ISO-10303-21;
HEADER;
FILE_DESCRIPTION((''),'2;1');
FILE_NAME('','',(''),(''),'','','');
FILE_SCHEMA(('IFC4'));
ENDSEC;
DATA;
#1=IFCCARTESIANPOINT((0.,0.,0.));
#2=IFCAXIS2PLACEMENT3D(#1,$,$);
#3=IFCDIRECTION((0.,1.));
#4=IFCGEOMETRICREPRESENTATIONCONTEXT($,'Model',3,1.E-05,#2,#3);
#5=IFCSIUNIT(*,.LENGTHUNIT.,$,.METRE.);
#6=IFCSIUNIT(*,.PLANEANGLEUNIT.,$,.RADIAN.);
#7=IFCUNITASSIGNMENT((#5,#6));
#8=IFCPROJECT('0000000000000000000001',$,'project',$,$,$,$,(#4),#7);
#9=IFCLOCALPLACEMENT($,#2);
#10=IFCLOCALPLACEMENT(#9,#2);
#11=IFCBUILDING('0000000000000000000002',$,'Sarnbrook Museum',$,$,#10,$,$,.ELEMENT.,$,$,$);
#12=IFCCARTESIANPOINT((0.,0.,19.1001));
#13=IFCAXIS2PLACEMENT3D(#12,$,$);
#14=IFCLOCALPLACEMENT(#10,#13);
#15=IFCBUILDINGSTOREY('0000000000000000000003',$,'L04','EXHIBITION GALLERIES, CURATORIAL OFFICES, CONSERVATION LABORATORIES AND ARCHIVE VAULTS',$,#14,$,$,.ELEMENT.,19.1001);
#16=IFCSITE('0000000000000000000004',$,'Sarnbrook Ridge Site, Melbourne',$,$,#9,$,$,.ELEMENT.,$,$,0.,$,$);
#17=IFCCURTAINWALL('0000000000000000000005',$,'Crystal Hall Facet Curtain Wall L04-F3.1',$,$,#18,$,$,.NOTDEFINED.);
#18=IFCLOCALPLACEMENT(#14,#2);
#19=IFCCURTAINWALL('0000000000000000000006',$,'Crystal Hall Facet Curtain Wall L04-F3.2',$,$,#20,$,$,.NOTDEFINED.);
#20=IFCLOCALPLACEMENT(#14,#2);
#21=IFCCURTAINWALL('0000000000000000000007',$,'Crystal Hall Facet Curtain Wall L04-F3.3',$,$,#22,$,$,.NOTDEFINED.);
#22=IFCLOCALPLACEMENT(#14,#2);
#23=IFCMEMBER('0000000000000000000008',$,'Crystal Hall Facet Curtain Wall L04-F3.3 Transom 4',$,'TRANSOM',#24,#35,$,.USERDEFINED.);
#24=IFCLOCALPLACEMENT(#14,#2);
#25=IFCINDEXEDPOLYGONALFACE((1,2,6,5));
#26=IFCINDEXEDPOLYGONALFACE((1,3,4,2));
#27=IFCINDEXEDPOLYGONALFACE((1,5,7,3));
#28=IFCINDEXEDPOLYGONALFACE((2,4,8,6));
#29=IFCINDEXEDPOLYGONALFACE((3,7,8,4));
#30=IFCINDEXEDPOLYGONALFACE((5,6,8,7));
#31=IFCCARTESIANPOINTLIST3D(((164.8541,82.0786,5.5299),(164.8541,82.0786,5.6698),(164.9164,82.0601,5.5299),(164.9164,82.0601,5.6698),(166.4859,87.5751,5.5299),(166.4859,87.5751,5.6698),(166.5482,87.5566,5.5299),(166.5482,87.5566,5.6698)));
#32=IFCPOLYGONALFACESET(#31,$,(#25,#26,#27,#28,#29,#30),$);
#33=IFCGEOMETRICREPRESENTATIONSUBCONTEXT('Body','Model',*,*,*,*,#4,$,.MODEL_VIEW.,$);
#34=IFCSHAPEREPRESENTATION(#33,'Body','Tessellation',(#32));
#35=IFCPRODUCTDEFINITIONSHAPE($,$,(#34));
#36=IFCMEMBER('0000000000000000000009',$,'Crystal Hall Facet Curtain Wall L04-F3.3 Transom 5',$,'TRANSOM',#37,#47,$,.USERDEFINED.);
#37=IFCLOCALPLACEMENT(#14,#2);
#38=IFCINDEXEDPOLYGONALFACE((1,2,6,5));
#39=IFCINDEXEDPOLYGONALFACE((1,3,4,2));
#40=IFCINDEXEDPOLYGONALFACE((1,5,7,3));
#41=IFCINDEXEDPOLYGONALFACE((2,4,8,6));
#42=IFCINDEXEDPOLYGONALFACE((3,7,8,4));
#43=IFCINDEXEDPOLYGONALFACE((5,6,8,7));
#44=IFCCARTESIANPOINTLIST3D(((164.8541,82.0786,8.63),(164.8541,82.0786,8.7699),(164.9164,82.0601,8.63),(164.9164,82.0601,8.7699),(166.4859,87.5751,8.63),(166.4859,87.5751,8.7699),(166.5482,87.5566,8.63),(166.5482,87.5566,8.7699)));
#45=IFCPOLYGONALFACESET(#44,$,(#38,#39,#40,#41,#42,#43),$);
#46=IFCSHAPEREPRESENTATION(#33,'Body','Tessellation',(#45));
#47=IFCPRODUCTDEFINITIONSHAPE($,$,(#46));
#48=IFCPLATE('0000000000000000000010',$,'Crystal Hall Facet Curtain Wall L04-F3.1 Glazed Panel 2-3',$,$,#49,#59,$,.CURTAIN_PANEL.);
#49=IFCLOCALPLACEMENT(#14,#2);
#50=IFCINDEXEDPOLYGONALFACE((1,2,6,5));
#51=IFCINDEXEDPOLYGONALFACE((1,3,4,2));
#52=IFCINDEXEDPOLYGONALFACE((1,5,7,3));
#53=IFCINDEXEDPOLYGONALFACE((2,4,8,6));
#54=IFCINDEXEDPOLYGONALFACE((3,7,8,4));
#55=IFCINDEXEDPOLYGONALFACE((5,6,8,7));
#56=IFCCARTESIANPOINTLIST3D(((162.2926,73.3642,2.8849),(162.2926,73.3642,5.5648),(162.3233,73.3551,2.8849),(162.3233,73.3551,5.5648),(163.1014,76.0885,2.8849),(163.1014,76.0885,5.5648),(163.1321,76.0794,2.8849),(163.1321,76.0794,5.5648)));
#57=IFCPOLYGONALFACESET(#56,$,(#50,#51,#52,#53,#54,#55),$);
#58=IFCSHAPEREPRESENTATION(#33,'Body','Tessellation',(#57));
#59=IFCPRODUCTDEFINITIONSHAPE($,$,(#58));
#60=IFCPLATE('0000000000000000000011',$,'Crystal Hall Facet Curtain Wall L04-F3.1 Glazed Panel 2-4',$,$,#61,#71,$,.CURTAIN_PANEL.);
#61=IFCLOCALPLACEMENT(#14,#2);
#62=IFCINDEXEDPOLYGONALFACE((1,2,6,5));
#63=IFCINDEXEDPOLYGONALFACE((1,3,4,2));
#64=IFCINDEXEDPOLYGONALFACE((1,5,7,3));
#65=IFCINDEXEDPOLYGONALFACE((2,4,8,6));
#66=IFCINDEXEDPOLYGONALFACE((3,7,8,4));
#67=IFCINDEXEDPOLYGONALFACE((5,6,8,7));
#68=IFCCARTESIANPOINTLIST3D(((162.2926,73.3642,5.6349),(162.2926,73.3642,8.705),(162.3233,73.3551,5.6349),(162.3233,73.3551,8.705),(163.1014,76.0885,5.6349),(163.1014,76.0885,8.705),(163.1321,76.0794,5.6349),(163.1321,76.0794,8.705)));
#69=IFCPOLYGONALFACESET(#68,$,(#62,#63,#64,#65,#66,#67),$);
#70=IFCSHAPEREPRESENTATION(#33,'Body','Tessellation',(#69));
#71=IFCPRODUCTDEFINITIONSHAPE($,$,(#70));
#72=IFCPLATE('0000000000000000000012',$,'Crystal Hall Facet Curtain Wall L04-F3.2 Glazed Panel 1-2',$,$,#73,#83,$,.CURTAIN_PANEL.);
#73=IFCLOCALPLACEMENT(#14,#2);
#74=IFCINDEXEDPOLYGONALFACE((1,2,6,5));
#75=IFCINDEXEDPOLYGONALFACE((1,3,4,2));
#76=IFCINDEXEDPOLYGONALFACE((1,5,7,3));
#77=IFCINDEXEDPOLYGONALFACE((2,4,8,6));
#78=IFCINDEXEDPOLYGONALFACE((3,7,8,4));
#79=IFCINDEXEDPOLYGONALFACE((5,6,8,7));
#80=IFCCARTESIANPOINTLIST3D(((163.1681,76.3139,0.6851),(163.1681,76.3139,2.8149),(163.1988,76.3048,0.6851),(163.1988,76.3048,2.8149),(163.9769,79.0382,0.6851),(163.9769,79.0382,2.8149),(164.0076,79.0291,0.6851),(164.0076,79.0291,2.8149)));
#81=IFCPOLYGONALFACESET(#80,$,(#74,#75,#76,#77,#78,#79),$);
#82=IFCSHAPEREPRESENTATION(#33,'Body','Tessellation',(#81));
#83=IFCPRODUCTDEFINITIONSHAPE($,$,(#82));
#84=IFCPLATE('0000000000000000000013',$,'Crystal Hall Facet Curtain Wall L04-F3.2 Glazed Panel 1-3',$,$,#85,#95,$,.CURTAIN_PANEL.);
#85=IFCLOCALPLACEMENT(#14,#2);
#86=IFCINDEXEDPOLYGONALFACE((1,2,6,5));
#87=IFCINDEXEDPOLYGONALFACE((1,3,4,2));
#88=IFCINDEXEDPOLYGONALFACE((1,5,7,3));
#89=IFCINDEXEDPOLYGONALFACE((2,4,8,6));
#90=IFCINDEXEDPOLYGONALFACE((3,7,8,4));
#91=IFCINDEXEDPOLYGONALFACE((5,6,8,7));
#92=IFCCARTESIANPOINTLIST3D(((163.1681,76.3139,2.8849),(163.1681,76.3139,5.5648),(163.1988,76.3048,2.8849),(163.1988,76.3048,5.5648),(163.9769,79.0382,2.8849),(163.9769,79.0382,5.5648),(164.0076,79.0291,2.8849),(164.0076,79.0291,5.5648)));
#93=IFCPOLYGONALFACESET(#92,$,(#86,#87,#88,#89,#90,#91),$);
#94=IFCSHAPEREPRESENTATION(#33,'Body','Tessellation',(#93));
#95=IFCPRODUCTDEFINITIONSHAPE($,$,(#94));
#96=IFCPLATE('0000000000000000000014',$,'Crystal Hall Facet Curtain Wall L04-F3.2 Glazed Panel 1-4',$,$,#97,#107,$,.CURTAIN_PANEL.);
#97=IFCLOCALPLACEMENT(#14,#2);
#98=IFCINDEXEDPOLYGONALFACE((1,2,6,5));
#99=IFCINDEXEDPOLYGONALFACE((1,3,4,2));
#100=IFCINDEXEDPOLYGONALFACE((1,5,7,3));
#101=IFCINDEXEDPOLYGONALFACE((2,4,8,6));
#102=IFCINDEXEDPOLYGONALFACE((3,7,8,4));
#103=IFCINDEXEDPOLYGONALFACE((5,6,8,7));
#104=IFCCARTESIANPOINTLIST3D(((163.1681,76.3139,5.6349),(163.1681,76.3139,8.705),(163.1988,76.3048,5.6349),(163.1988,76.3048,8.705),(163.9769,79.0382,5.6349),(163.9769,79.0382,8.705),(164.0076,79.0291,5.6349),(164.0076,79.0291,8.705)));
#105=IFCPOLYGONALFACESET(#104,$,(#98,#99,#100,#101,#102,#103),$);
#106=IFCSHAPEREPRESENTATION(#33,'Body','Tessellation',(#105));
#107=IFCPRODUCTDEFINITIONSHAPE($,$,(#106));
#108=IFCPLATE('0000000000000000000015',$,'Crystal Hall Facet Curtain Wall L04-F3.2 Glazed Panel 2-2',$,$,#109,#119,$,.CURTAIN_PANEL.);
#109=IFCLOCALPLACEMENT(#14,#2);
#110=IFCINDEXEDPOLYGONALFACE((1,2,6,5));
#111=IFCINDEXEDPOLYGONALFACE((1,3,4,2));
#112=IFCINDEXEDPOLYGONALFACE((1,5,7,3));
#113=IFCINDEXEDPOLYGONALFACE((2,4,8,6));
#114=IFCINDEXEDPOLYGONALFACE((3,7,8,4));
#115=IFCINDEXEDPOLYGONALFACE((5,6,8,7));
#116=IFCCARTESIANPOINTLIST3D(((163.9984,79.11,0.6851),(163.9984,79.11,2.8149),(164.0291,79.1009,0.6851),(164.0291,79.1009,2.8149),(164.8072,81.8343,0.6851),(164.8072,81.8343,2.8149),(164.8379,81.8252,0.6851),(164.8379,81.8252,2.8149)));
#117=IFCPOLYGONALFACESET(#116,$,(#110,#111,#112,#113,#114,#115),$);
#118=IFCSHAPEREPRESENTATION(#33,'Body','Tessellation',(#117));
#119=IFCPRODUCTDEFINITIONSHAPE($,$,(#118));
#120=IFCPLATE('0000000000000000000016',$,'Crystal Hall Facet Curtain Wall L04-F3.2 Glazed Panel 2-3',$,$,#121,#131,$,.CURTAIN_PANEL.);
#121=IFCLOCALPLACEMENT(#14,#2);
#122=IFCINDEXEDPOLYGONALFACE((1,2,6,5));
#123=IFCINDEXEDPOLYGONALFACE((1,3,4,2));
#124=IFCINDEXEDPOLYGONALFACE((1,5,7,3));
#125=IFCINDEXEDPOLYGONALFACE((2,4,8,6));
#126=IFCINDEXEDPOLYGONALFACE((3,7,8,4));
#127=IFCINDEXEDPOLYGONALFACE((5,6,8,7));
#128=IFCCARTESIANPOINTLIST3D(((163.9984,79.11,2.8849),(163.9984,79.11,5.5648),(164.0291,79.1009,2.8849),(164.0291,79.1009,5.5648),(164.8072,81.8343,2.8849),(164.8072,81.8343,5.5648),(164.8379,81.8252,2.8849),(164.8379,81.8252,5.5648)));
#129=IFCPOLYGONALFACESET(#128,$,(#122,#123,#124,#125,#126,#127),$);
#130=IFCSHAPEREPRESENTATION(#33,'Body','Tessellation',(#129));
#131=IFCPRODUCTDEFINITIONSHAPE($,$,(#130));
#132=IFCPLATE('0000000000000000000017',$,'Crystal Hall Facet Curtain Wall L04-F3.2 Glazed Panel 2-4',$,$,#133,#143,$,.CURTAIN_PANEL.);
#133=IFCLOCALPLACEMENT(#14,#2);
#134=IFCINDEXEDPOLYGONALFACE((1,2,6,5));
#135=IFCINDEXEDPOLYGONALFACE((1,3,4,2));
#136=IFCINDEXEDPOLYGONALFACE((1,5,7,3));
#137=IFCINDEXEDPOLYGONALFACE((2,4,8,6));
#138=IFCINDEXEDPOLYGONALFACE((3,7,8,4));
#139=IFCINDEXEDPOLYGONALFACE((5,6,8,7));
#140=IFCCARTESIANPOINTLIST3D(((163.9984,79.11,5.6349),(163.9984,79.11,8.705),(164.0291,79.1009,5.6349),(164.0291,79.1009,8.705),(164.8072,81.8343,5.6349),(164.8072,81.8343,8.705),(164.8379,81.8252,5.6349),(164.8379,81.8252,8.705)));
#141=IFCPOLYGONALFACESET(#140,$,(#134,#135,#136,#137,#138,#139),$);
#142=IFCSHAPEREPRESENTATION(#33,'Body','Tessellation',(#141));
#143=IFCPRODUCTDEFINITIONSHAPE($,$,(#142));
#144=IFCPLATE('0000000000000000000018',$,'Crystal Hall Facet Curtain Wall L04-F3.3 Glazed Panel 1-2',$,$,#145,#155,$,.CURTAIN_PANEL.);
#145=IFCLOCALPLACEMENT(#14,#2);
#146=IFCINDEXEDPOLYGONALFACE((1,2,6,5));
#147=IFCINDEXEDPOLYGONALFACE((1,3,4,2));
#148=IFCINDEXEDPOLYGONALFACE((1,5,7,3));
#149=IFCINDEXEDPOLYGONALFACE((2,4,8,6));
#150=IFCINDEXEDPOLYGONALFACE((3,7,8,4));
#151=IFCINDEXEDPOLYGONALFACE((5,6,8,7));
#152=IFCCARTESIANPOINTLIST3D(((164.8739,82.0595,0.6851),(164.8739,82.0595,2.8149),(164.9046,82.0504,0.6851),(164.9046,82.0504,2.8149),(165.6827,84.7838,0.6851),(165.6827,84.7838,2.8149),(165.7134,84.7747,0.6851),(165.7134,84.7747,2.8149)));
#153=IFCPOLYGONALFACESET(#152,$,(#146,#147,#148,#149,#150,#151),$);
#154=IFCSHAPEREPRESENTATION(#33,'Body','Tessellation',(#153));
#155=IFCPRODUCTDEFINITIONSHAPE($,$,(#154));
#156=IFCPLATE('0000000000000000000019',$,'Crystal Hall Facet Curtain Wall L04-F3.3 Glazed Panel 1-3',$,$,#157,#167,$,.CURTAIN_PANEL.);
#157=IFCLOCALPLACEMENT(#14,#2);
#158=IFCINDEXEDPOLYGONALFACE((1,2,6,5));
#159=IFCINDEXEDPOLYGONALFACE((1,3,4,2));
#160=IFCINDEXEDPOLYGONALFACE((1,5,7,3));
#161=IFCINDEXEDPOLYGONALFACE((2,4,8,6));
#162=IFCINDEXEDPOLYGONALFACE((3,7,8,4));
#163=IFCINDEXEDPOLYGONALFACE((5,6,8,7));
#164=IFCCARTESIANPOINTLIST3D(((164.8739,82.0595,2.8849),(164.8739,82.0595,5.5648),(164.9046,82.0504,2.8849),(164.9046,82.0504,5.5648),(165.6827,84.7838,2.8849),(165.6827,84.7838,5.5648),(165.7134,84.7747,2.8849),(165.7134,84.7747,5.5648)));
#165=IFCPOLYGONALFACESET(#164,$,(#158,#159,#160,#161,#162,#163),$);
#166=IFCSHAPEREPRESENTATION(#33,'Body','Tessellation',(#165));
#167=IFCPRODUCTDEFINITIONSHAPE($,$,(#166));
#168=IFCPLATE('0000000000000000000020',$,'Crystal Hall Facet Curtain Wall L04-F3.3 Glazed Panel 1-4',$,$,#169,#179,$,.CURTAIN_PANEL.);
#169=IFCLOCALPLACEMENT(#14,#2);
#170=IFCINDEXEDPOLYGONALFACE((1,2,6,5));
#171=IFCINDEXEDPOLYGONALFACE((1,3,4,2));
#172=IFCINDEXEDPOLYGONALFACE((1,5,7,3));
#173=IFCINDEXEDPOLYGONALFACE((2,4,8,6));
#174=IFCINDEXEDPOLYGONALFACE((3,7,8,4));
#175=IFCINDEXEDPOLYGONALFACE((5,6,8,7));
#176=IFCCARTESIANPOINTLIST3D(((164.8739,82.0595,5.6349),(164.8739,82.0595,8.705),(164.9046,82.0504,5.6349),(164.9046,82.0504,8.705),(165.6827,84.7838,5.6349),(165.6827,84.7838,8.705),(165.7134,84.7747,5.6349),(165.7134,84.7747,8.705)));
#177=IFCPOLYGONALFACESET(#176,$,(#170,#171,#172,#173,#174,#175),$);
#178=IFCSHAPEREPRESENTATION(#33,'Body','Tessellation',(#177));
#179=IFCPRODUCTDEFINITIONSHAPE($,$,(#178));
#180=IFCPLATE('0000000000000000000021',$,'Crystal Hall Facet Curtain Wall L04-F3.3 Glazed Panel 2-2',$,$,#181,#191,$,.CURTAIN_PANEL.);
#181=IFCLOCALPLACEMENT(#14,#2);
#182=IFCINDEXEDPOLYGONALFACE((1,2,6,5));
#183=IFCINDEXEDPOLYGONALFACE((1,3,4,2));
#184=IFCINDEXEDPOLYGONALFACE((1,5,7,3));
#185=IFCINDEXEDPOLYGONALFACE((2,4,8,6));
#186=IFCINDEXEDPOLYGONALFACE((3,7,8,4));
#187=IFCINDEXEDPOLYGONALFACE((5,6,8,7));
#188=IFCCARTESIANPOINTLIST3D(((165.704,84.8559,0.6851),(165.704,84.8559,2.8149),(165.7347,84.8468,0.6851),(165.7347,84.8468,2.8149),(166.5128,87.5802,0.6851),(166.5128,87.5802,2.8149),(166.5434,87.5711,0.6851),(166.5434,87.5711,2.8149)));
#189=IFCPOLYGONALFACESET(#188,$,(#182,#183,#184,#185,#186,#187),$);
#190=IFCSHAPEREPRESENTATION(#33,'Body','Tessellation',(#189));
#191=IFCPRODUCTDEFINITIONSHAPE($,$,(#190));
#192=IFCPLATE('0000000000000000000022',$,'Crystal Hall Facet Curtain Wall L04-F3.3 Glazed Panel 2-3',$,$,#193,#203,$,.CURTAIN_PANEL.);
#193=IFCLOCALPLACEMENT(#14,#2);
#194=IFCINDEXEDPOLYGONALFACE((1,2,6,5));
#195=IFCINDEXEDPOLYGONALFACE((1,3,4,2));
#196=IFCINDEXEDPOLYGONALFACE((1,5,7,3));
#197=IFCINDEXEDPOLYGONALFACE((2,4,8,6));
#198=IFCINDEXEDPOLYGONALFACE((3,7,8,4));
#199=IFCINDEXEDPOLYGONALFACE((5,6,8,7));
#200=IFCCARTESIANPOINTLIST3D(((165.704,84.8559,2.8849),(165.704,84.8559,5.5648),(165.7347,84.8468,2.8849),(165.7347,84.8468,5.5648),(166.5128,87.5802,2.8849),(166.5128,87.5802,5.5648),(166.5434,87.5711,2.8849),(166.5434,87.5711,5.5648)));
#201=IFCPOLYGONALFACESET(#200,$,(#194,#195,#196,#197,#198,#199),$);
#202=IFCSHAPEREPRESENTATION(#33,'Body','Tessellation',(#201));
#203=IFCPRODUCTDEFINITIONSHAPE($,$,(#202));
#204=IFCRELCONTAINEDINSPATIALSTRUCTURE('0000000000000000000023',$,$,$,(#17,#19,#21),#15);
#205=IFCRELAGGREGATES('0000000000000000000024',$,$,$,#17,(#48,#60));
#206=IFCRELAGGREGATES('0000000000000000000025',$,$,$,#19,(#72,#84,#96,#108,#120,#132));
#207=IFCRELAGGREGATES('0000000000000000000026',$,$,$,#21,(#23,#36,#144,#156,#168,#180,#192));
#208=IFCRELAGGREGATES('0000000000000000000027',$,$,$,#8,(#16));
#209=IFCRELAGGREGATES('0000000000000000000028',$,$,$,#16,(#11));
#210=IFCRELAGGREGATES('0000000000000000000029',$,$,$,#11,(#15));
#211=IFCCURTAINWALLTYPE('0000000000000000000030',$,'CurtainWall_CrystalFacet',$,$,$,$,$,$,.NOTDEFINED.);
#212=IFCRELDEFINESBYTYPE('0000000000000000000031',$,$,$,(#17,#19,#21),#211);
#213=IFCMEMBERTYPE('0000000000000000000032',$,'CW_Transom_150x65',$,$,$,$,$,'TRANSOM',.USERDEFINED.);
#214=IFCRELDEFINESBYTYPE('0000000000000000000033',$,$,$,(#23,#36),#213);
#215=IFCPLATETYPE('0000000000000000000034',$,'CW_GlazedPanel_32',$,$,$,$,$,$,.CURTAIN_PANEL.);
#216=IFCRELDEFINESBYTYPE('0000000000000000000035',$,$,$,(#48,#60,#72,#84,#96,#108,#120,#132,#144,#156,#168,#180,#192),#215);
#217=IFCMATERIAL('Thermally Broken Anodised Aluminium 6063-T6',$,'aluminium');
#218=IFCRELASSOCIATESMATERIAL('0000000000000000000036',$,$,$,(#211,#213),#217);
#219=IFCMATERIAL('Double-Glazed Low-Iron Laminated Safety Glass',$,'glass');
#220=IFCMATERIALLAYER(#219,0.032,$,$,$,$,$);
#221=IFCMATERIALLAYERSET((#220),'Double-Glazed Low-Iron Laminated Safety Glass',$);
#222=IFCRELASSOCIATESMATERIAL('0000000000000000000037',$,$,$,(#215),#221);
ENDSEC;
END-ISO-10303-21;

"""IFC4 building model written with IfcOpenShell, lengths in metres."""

from ifc_helpers import new_model, si_unit, direction, frame, origin, origin_2d, place, context, subcontext, project, spatial, rectangle, extrude, material, layer, layer_set, material_profile, profile_set, type_object, element, aggregate, save


model = new_model("IFC4")

# Units and contexts
model_context = context("Model", 3, precision=1e-05, world=origin(), true_north=direction((0.0, 1.0)))
body_context = subcontext(model_context, "Body", "Model", "MODEL_VIEW")
ifc_project = project(units=[si_unit("LENGTHUNIT", "METRE"), si_unit("PLANEANGLEUNIT", "RADIAN")], contexts=[model_context])

# Site, building, storey
site_placement = place(None, origin())
site = spatial("IfcSite", under=ifc_project, at=site_placement, Name="Sarnbrook Ridge Site, Melbourne", CompositionType="ELEMENT", RefElevation=0.0)
building_placement = place(site_placement, origin())
building = spatial("IfcBuilding", under=site, at=building_placement, Name="Sarnbrook Museum", CompositionType="ELEMENT")
storey_placement = place(building_placement, frame((0.0, 0.0, 19.1001)))
storey = spatial("IfcBuildingStorey", under=building, at=storey_placement, Name="L04", Description="EXHIBITION GALLERIES, CURATORIAL OFFICES, CONSERVATION LABORATORIES AND ARCHIVE VAULTS", CompositionType="ELEMENT", Elevation=19.1001)

# Curtain wall
ifc_material_1 = material(Name="Thermally Broken Anodised Aluminium 6063-T6", Category="aluminium")
curtain_wall_type = type_object("IfcCurtainWallType", Name="CurtainWall_CrystalFacet", PredefinedType="NOTDEFINED", material=ifc_material_1)
curtain_wall_1_placement = place(storey_placement, origin())
curtain_wall_1 = element("IfcCurtainWall", 1, at=curtain_wall_1_placement, inside=storey, type_object=curtain_wall_type, Name="Crystal Hall Facet Curtain Wall L04-F3.1", PredefinedType="NOTDEFINED")

# Curtain walls
curtain_wall_2_placement = place(storey_placement, origin())
curtain_wall_2 = element("IfcCurtainWall", 2, at=curtain_wall_2_placement, inside=storey, type_object=curtain_wall_type, Name="Crystal Hall Facet Curtain Wall L04-F3.2", PredefinedType="NOTDEFINED")
curtain_wall_3_placement = place(storey_placement, origin())
curtain_wall_3 = element("IfcCurtainWall", 3, at=curtain_wall_3_placement, inside=storey, type_object=curtain_wall_type, Name="Crystal Hall Facet Curtain Wall L04-F3.3", PredefinedType="NOTDEFINED")

# Members
ifc_material_profile_1 = material_profile(ifc_material_1, rectangle(XDim=0.0649, YDim=0.1399, at=origin_2d()), Name="ALU TRANSOM 65x140")
ifc_profile_set_1 = profile_set([ifc_material_profile_1], Name="Thermally Broken Anodised Aluminium 6063-T6")
member_type_1 = type_object("IfcMemberType", Name="CW_Transom_150x65", ElementType="TRANSOM", PredefinedType="USERDEFINED", material=ifc_profile_set_1)
member_1_placement = place(storey_placement, frame((164.8853, 82.0693, 5.5999), z_axis=(0.284604, 0.958645, 0.0), x_axis=(-0.958645, 0.284604, 0.0)))
member_1 = element("IfcMember", 4, at=member_1_placement, type_object=member_type_1, Name="Crystal Hall Facet Curtain Wall L04-F3.3 Transom 4", ObjectType="TRANSOM", PredefinedType="USERDEFINED", context=body_context, shape_type="SweptSolid", body=[
    extrude(rectangle(XDim=0.0649, YDim=0.1399, at=origin_2d()), origin(), (0.0, 0.0, 1.0), 5.7336),
])
member_2_placement = place(storey_placement, frame((164.8853, 82.0693, 8.7), z_axis=(0.284604, 0.958645, 0.0), x_axis=(-0.958645, 0.284604, 0.0)))
member_2 = element("IfcMember", 5, at=member_2_placement, type_object=member_type_1, Name="Crystal Hall Facet Curtain Wall L04-F3.3 Transom 5", ObjectType="TRANSOM", PredefinedType="USERDEFINED", context=body_context, shape_type="SweptSolid", body=[
    extrude(rectangle(XDim=0.0649, YDim=0.1399, at=origin_2d()), origin(), (0.0, 0.0, 1.0), 5.7336),
])

# Plates
ifc_material_2 = material(Name="Double-Glazed Low-Iron Laminated Safety Glass", Category="glass")
ifc_layer_1 = layer(ifc_material_2, 0.032)
ifc_layer_set_1 = layer_set([ifc_layer_1], Name="Double-Glazed Low-Iron Laminated Safety Glass")
plate_type_1 = type_object("IfcPlateType", Name="CW_GlazedPanel_32", PredefinedType="CURTAIN_PANEL", material=ifc_layer_set_1)
plate_1_placement = place(storey_placement, frame((162.697, 74.7263, 4.2249), z_axis=(0.958647, -0.284597, 0.0), x_axis=(0.284597, 0.958647, 0.0)))
plate_1 = element("IfcPlate", 6, at=plate_1_placement, type_object=plate_type_1, Name="Crystal Hall Facet Curtain Wall L04-F3.1 Glazed Panel 2-3", PredefinedType="CURTAIN_PANEL", context=body_context, shape_type="SweptSolid", body=[
    extrude(rectangle(XDim=2.8418, YDim=2.6799, at=origin_2d()), origin(), (0.0, 0.0, 1.0), 0.032),
])
plate_2_placement = place(storey_placement, frame((162.697, 74.7263, 7.1699), z_axis=(0.958647, -0.284597, 0.0), x_axis=(0.284597, 0.958647, 0.0)))
plate_2 = element("IfcPlate", 7, at=plate_2_placement, type_object=plate_type_1, Name="Crystal Hall Facet Curtain Wall L04-F3.1 Glazed Panel 2-4", PredefinedType="CURTAIN_PANEL", context=body_context, shape_type="SweptSolid", body=[
    extrude(rectangle(XDim=2.8418, YDim=3.0701, at=origin_2d()), origin(), (0.0, 0.0, 1.0), 0.032),
])
aggregate(curtain_wall_1, [plate_1, plate_2])
plate_3_placement = place(storey_placement, frame((163.5725, 77.676, 1.75), z_axis=(0.958647, -0.284597, 0.0), x_axis=(0.284597, 0.958647, 0.0)))
plate_3 = element("IfcPlate", 8, at=plate_3_placement, type_object=plate_type_1, Name="Crystal Hall Facet Curtain Wall L04-F3.2 Glazed Panel 1-2", PredefinedType="CURTAIN_PANEL", context=body_context, shape_type="SweptSolid", body=[
    extrude(rectangle(XDim=2.8418, YDim=2.1299, at=origin_2d()), origin(), (0.0, 0.0, 1.0), 0.032),
])
plate_4_placement = place(storey_placement, frame((163.5725, 77.676, 4.2249), z_axis=(0.958647, -0.284597, 0.0), x_axis=(0.284597, 0.958647, 0.0)))
plate_4 = element("IfcPlate", 9, at=plate_4_placement, type_object=plate_type_1, Name="Crystal Hall Facet Curtain Wall L04-F3.2 Glazed Panel 1-3", PredefinedType="CURTAIN_PANEL", context=body_context, shape_type="SweptSolid", body=[
    extrude(rectangle(XDim=2.8418, YDim=2.6799, at=origin_2d()), origin(), (0.0, 0.0, 1.0), 0.032),
])
plate_5_placement = place(storey_placement, frame((163.5725, 77.676, 7.1699), z_axis=(0.958647, -0.284597, 0.0), x_axis=(0.284597, 0.958647, 0.0)))
plate_5 = element("IfcPlate", 10, at=plate_5_placement, type_object=plate_type_1, Name="Crystal Hall Facet Curtain Wall L04-F3.2 Glazed Panel 1-4", PredefinedType="CURTAIN_PANEL", context=body_context, shape_type="SweptSolid", body=[
    extrude(rectangle(XDim=2.8418, YDim=3.0701, at=origin_2d()), origin(), (0.0, 0.0, 1.0), 0.032),
])
plate_6_placement = place(storey_placement, frame((164.4028, 80.4722, 1.75), z_axis=(0.958647, -0.284597, 0.0), x_axis=(0.284597, 0.958647, 0.0)))
plate_6 = element("IfcPlate", 11, at=plate_6_placement, type_object=plate_type_1, Name="Crystal Hall Facet Curtain Wall L04-F3.2 Glazed Panel 2-2", PredefinedType="CURTAIN_PANEL", context=body_context, shape_type="SweptSolid", body=[
    extrude(rectangle(XDim=2.8418, YDim=2.1299, at=origin_2d()), origin(), (0.0, 0.0, 1.0), 0.032),
])
plate_7_placement = place(storey_placement, frame((164.4028, 80.4722, 4.2249), z_axis=(0.958647, -0.284597, 0.0), x_axis=(0.284597, 0.958647, 0.0)))
plate_7 = element("IfcPlate", 12, at=plate_7_placement, type_object=plate_type_1, Name="Crystal Hall Facet Curtain Wall L04-F3.2 Glazed Panel 2-3", PredefinedType="CURTAIN_PANEL", context=body_context, shape_type="SweptSolid", body=[
    extrude(rectangle(XDim=2.8418, YDim=2.6799, at=origin_2d()), origin(), (0.0, 0.0, 1.0), 0.032),
])
plate_8_placement = place(storey_placement, frame((164.4028, 80.4722, 7.1699), z_axis=(0.958647, -0.284597, 0.0), x_axis=(0.284597, 0.958647, 0.0)))
plate_8 = element("IfcPlate", 13, at=plate_8_placement, type_object=plate_type_1, Name="Crystal Hall Facet Curtain Wall L04-F3.2 Glazed Panel 2-4", PredefinedType="CURTAIN_PANEL", context=body_context, shape_type="SweptSolid", body=[
    extrude(rectangle(XDim=2.8418, YDim=3.0701, at=origin_2d()), origin(), (0.0, 0.0, 1.0), 0.032),
])
plate_9_placement = place(storey_placement, frame((165.2783, 83.4216, 1.75), z_axis=(0.958647, -0.284597, 0.0), x_axis=(0.284597, 0.958647, 0.0)))
plate_9 = element("IfcPlate", 14, at=plate_9_placement, type_object=plate_type_1, Name="Crystal Hall Facet Curtain Wall L04-F3.3 Glazed Panel 1-2", PredefinedType="CURTAIN_PANEL", context=body_context, shape_type="SweptSolid", body=[
    extrude(rectangle(XDim=2.8418, YDim=2.1299, at=origin_2d()), origin(), (0.0, 0.0, 1.0), 0.032),
])
plate_10_placement = place(storey_placement, frame((165.2783, 83.4216, 4.2249), z_axis=(0.958647, -0.284597, 0.0), x_axis=(0.284597, 0.958647, 0.0)))
plate_10 = element("IfcPlate", 15, at=plate_10_placement, type_object=plate_type_1, Name="Crystal Hall Facet Curtain Wall L04-F3.3 Glazed Panel 1-3", PredefinedType="CURTAIN_PANEL", context=body_context, shape_type="SweptSolid", body=[
    extrude(rectangle(XDim=2.8418, YDim=2.6799, at=origin_2d()), origin(), (0.0, 0.0, 1.0), 0.032),
])
plate_11_placement = place(storey_placement, frame((165.2783, 83.4216, 7.1699), z_axis=(0.958647, -0.284597, 0.0), x_axis=(0.284597, 0.958647, 0.0)))
plate_11 = element("IfcPlate", 16, at=plate_11_placement, type_object=plate_type_1, Name="Crystal Hall Facet Curtain Wall L04-F3.3 Glazed Panel 1-4", PredefinedType="CURTAIN_PANEL", context=body_context, shape_type="SweptSolid", body=[
    extrude(rectangle(XDim=2.8418, YDim=3.0701, at=origin_2d()), origin(), (0.0, 0.0, 1.0), 0.032),
])
plate_12_placement = place(storey_placement, frame((166.1084, 86.218, 1.75), z_axis=(0.958647, -0.284597, 0.0), x_axis=(0.284597, 0.958647, 0.0)))
plate_12 = element("IfcPlate", 17, at=plate_12_placement, type_object=plate_type_1, Name="Crystal Hall Facet Curtain Wall L04-F3.3 Glazed Panel 2-2", PredefinedType="CURTAIN_PANEL", context=body_context, shape_type="SweptSolid", body=[
    extrude(rectangle(XDim=2.8418, YDim=2.1299, at=origin_2d()), origin(), (0.0, 0.0, 1.0), 0.032),
])
plate_13_placement = place(storey_placement, frame((166.1084, 86.218, 4.2249), z_axis=(0.958647, -0.284597, 0.0), x_axis=(0.284597, 0.958647, 0.0)))
plate_13 = element("IfcPlate", 18, at=plate_13_placement, type_object=plate_type_1, Name="Crystal Hall Facet Curtain Wall L04-F3.3 Glazed Panel 2-3", PredefinedType="CURTAIN_PANEL", context=body_context, shape_type="SweptSolid", body=[
    extrude(rectangle(XDim=2.8418, YDim=2.6799, at=origin_2d()), origin(), (0.0, 0.0, 1.0), 0.032),
])
aggregate(curtain_wall_2, [plate_3, plate_4, plate_5, plate_6, plate_7, plate_8])
aggregate(curtain_wall_3, [member_1, member_2, plate_9, plate_10, plate_11, plate_12, plate_13])

save(model, "model.ifc")
